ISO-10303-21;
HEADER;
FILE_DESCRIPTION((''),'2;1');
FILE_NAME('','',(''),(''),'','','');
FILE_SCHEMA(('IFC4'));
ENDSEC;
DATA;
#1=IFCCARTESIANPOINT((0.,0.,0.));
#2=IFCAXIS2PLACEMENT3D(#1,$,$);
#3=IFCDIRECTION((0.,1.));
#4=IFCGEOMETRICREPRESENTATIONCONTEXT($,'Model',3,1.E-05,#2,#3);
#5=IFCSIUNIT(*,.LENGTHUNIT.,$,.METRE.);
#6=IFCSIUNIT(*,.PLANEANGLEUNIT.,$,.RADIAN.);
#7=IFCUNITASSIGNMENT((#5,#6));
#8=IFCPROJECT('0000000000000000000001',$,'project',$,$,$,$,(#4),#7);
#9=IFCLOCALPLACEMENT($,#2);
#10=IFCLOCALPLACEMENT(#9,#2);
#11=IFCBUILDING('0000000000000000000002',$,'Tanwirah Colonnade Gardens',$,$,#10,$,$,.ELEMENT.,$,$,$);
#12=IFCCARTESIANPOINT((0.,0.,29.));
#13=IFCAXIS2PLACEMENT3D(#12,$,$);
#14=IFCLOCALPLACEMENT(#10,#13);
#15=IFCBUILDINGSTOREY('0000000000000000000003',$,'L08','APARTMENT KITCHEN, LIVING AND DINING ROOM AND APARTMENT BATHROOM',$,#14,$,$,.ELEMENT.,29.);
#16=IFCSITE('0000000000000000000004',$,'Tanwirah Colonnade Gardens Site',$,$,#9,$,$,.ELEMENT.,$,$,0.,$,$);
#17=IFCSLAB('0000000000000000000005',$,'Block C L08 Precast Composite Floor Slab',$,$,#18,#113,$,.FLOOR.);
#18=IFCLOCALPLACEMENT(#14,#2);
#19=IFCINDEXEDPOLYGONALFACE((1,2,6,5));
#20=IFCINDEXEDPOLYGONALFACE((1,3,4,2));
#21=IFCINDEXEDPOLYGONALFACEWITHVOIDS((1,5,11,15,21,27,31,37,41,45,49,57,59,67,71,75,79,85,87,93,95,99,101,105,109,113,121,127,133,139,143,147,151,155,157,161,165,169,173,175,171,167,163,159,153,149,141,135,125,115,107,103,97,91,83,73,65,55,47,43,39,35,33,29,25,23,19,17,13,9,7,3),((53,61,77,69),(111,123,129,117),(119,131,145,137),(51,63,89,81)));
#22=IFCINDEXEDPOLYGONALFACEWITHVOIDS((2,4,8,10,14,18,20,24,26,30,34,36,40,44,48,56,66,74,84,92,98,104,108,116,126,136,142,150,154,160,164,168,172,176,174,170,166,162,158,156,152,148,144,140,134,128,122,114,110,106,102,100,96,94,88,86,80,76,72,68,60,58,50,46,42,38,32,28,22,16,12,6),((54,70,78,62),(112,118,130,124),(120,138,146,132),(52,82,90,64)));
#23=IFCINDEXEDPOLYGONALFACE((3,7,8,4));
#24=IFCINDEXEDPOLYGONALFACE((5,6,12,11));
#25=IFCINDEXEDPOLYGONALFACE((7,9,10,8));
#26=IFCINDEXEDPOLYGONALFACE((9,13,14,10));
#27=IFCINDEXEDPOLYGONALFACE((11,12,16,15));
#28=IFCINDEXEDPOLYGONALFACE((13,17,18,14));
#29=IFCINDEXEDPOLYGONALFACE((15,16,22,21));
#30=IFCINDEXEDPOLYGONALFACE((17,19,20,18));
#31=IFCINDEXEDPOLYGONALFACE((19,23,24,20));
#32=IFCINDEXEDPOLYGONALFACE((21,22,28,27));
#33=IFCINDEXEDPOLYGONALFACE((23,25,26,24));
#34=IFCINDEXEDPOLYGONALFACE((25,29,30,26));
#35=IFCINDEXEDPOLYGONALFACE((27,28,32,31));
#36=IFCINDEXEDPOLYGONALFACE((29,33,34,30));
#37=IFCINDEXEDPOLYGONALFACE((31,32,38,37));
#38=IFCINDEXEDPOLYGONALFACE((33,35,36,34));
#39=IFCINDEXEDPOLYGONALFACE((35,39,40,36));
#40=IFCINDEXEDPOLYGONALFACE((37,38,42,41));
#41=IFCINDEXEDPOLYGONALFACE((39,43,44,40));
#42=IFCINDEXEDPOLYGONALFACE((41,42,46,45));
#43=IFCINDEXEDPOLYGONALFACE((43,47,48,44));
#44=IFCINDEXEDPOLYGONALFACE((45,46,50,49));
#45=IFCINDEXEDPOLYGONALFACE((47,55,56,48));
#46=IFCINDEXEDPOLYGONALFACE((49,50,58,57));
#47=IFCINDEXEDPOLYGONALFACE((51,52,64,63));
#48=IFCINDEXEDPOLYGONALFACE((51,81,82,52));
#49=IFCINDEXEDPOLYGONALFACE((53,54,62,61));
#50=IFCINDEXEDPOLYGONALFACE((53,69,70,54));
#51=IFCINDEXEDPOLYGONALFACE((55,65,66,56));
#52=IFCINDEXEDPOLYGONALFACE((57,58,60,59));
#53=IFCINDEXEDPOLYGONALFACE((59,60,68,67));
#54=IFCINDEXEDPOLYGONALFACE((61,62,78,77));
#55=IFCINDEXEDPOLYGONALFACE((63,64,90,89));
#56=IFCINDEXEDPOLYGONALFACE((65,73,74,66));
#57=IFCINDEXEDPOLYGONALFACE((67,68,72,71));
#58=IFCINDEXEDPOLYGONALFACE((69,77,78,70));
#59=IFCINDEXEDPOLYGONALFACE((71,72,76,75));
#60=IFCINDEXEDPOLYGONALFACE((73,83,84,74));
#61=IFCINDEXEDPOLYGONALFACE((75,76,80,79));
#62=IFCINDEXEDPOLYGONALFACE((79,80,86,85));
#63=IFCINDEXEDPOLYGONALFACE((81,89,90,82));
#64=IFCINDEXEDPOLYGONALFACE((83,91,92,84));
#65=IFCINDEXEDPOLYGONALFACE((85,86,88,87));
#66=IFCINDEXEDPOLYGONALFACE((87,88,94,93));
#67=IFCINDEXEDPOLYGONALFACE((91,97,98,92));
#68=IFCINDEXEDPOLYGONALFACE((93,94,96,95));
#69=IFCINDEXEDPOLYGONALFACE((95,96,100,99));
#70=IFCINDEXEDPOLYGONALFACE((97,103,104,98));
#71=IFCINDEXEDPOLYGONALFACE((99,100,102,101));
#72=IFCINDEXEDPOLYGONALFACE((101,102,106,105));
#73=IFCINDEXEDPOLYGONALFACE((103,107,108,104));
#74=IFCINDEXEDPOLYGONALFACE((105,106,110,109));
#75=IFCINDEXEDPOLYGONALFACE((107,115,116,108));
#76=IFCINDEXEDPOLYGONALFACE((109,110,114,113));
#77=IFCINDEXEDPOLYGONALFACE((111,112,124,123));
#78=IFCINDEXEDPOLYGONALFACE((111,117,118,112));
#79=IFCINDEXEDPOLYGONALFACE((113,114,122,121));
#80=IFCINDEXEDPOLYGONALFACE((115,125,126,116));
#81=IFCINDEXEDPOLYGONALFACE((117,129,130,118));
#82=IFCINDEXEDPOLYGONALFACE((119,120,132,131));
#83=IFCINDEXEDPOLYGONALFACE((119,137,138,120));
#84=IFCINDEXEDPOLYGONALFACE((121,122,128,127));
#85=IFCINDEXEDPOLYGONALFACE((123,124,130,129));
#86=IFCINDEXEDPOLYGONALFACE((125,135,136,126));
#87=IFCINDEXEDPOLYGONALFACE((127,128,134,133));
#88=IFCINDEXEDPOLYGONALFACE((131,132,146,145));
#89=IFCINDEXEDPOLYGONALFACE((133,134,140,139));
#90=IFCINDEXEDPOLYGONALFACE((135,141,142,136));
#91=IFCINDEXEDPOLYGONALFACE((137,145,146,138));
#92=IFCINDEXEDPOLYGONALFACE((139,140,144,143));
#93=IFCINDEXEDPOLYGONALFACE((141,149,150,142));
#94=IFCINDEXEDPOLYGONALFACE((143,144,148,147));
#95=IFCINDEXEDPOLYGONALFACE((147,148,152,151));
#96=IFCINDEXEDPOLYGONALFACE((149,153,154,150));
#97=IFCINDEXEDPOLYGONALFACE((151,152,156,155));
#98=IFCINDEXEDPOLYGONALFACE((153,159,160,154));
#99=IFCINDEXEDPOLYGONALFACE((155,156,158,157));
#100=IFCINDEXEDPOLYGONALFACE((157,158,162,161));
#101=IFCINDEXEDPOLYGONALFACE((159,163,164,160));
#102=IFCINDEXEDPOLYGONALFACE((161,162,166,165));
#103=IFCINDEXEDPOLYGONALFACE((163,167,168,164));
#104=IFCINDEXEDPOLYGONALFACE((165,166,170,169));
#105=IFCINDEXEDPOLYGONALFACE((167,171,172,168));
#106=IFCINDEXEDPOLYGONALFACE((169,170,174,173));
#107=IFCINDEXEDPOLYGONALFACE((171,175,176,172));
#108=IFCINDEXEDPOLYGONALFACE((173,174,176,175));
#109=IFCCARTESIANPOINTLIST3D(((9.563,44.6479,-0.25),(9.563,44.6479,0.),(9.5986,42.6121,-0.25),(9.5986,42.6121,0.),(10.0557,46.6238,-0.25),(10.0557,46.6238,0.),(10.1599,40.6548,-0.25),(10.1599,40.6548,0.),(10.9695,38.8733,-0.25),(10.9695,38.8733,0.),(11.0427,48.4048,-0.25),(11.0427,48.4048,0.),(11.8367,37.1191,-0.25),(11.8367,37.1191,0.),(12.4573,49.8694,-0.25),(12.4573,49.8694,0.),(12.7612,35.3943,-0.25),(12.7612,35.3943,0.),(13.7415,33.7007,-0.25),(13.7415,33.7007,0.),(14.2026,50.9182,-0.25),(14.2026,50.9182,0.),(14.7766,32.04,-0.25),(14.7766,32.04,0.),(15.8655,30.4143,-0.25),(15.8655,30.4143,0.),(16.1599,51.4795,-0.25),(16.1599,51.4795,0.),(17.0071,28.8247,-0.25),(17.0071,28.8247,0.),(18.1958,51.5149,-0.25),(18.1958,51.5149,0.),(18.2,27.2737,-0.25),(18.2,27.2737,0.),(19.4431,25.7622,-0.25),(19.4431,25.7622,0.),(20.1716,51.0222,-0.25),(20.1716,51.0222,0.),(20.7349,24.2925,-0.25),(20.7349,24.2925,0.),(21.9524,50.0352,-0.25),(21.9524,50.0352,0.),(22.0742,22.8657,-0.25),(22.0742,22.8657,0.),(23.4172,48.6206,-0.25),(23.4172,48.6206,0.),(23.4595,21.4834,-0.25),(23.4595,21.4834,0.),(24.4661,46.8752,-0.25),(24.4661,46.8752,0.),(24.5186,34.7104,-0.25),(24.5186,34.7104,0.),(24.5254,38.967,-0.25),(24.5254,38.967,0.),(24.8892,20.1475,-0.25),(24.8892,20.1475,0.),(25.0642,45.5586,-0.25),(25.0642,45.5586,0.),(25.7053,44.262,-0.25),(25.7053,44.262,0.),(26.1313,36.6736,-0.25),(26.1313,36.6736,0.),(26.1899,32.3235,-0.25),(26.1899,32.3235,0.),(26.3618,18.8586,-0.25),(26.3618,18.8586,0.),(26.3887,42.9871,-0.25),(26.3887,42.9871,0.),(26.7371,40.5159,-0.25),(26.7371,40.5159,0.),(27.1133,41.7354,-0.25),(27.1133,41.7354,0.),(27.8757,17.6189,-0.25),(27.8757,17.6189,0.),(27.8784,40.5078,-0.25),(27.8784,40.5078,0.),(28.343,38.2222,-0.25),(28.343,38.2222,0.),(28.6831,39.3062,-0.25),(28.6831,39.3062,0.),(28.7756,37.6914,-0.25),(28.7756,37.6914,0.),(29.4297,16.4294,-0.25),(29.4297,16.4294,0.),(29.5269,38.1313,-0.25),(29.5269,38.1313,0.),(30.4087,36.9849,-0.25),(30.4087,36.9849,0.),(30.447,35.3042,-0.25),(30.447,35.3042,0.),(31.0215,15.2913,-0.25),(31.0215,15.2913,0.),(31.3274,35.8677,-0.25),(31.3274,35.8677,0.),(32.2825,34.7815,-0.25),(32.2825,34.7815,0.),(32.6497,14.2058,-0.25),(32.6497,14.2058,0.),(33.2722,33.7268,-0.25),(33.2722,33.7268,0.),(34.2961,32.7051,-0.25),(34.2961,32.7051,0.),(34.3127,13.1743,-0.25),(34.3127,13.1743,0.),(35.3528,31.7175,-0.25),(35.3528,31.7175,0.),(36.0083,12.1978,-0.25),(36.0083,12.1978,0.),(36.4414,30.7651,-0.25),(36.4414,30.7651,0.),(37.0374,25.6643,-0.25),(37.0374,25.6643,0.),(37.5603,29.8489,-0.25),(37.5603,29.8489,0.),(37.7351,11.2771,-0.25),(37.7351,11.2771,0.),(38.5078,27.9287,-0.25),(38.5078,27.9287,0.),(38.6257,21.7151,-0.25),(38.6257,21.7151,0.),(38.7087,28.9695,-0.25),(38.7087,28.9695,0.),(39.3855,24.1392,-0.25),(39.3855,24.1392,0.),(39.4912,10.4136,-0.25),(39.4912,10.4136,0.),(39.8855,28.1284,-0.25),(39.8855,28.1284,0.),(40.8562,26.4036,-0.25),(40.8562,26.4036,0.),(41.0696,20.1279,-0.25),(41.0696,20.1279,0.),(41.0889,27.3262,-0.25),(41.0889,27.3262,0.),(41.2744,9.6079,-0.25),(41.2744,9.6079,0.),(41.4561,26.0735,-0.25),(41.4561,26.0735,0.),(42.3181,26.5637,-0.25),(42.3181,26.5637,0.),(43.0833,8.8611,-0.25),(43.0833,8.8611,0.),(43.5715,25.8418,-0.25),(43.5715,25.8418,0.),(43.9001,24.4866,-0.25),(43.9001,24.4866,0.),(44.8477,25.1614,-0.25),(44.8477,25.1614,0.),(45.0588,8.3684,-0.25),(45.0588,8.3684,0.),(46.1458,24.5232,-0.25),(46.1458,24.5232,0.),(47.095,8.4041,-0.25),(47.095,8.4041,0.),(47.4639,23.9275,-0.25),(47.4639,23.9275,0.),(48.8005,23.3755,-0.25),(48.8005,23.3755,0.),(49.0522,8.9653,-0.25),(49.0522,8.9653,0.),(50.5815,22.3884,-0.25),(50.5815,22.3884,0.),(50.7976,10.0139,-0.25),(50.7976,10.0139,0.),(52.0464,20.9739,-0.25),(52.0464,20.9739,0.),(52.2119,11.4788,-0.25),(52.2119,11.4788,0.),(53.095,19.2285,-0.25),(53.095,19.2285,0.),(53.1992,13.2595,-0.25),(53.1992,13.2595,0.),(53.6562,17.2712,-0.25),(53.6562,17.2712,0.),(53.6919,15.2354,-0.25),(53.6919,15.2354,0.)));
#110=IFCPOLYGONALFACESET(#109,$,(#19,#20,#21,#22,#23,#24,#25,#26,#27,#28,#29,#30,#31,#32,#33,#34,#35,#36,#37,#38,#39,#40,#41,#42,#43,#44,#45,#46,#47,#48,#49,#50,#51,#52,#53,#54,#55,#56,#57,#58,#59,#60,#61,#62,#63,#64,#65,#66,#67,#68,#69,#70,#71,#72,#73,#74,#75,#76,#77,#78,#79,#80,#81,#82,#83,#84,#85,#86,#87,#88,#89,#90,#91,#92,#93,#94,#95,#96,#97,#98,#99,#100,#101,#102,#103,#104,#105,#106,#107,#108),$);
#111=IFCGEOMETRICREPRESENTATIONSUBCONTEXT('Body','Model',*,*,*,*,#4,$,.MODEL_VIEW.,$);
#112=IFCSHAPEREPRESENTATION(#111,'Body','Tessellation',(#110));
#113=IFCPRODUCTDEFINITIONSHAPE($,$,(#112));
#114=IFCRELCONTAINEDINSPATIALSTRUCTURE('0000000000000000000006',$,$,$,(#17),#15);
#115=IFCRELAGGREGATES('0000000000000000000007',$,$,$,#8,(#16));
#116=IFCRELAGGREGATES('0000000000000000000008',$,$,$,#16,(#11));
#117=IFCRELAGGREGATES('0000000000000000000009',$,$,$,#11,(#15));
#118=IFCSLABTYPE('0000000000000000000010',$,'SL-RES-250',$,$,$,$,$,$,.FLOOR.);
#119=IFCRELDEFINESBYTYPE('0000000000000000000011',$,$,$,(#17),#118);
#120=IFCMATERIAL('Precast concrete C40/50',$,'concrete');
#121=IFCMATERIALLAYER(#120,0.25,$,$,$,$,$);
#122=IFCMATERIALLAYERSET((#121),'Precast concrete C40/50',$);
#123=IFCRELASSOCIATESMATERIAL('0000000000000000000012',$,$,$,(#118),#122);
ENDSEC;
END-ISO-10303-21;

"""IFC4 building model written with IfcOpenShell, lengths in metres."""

from ifc_helpers import new_model, si_unit, direction, frame, origin, place, context, subcontext, project, spatial, polyline, outline, extrude, material, layer, layer_set, type_object, element, save


model = new_model("IFC4")

# Units and contexts
model_context = context("Model", 3, precision=1e-05, world=origin(), true_north=direction((0.0, 1.0)))
body_context = subcontext(model_context, "Body", "Model", "MODEL_VIEW")
ifc_project = project(units=[si_unit("LENGTHUNIT", "METRE"), si_unit("PLANEANGLEUNIT", "RADIAN")], contexts=[model_context])

# Site, building, storey
site_placement = place(None, origin())
site = spatial("IfcSite", under=ifc_project, at=site_placement, Name="Tanwirah Colonnade Gardens Site", CompositionType="ELEMENT", RefElevation=0.0)
building_placement = place(site_placement, origin())
building = spatial("IfcBuilding", under=site, at=building_placement, Name="Tanwirah Colonnade Gardens", CompositionType="ELEMENT")
storey_placement = place(building_placement, frame((0.0, 0.0, 29.0)))
storey = spatial("IfcBuildingStorey", under=building, at=storey_placement, Name="L08", Description="APARTMENT KITCHEN, LIVING AND DINING ROOM AND APARTMENT BATHROOM", CompositionType="ELEMENT", Elevation=29.0)

# Shared definitions
ifc_material_1 = material(Name="Precast concrete C40/50", Category="concrete")

# Slab
ifc_layer_1 = layer(ifc_material_1, 0.25)
ifc_layer_set_1 = layer_set([ifc_layer_1], Name="Precast concrete C40/50")
slab_type_1 = type_object("IfcSlabType", Name="SL-RES-250", PredefinedType="FLOOR", material=ifc_layer_set_1)
slab_1_placement = place(storey_placement, frame((0.0, 0.0, -0.25)))
element("IfcSlab", 1, at=slab_1_placement, inside=storey, type_object=slab_type_1, Name="Block C L08 Precast Composite Floor Slab", PredefinedType="FLOOR", context=body_context, shape_type="SweptSolid", body=[
    extrude(outline(polyline([(25.7053, 44.262), (25.0642, 45.5586), (24.4661, 46.8752), (23.4172, 48.6206), (21.9524, 50.0352), (20.1716, 51.0222), (18.1958, 51.5149), (16.1599, 51.4795), (14.2026, 50.9182), (12.4573, 49.8694), (11.0427, 48.4048), (10.0557, 46.6238), (9.563, 44.6479), (9.5986, 42.6121), (10.1599, 40.6548), (10.9695, 38.8733), (11.8367, 37.1191), (12.7612, 35.3943), (13.7415, 33.7007), (14.7766, 32.04), (15.8655, 30.4143), (17.0071, 28.8247), (18.2, 27.2737), (19.4431, 25.7622), (20.7349, 24.2925), (22.0742, 22.8657), (23.4595, 21.4834), (24.8892, 20.1475), (26.3618, 18.8586), (27.8757, 17.6189), (29.4297, 16.4294), (31.0215, 15.2913), (32.6497, 14.2058), (34.3127, 13.1743), (36.0083, 12.1978), (37.7351, 11.2771), (39.4912, 10.4136), (41.2744, 9.6079), (43.0833, 8.8611), (45.0588, 8.3684), (47.095, 8.4041), (49.0522, 8.9653), (50.7976, 10.0139), (52.2119, 11.4788), (53.1992, 13.2595), (53.6919, 15.2354), (53.6562, 17.2712), (53.095, 19.2285), (52.0464, 20.9739), (50.5815, 22.3884), (48.8005, 23.3755), (47.4639, 23.9275), (46.1458, 24.5232), (44.8477, 25.1614), (43.5715, 25.8418), (42.3181, 26.5637), (41.0889, 27.3262), (39.8855, 28.1284), (38.7087, 28.9695), (37.5603, 29.8489), (36.4414, 30.7651), (35.3528, 31.7175), (34.2961, 32.7051), (33.2722, 33.7268), (32.2825, 34.7815), (31.3274, 35.8677), (30.4087, 36.9849), (29.5269, 38.1313), (28.6831, 39.3062), (27.8784, 40.5078), (27.1133, 41.7354), (26.3887, 42.9871), (25.7053, 44.262)]), holes=[polyline([(24.5186, 34.7104), (28.7756, 37.6914), (30.447, 35.3042), (26.1899, 32.3235), (24.5186, 34.7104)]), polyline([(26.7371, 40.5159), (28.343, 38.2222), (26.1313, 36.6736), (24.5254, 38.967), (26.7371, 40.5159)]), polyline([(43.9001, 24.4866), (41.0696, 20.1279), (38.6257, 21.7151), (41.4561, 26.0735), (43.9001, 24.4866)]), polyline([(39.3855, 24.1392), (37.0374, 25.6643), (38.5078, 27.9287), (40.8562, 26.4036), (39.3855, 24.1392)])]), origin(), (0.0, 0.0, 1.0), 0.25),
])

save(model, "model.ifc")
